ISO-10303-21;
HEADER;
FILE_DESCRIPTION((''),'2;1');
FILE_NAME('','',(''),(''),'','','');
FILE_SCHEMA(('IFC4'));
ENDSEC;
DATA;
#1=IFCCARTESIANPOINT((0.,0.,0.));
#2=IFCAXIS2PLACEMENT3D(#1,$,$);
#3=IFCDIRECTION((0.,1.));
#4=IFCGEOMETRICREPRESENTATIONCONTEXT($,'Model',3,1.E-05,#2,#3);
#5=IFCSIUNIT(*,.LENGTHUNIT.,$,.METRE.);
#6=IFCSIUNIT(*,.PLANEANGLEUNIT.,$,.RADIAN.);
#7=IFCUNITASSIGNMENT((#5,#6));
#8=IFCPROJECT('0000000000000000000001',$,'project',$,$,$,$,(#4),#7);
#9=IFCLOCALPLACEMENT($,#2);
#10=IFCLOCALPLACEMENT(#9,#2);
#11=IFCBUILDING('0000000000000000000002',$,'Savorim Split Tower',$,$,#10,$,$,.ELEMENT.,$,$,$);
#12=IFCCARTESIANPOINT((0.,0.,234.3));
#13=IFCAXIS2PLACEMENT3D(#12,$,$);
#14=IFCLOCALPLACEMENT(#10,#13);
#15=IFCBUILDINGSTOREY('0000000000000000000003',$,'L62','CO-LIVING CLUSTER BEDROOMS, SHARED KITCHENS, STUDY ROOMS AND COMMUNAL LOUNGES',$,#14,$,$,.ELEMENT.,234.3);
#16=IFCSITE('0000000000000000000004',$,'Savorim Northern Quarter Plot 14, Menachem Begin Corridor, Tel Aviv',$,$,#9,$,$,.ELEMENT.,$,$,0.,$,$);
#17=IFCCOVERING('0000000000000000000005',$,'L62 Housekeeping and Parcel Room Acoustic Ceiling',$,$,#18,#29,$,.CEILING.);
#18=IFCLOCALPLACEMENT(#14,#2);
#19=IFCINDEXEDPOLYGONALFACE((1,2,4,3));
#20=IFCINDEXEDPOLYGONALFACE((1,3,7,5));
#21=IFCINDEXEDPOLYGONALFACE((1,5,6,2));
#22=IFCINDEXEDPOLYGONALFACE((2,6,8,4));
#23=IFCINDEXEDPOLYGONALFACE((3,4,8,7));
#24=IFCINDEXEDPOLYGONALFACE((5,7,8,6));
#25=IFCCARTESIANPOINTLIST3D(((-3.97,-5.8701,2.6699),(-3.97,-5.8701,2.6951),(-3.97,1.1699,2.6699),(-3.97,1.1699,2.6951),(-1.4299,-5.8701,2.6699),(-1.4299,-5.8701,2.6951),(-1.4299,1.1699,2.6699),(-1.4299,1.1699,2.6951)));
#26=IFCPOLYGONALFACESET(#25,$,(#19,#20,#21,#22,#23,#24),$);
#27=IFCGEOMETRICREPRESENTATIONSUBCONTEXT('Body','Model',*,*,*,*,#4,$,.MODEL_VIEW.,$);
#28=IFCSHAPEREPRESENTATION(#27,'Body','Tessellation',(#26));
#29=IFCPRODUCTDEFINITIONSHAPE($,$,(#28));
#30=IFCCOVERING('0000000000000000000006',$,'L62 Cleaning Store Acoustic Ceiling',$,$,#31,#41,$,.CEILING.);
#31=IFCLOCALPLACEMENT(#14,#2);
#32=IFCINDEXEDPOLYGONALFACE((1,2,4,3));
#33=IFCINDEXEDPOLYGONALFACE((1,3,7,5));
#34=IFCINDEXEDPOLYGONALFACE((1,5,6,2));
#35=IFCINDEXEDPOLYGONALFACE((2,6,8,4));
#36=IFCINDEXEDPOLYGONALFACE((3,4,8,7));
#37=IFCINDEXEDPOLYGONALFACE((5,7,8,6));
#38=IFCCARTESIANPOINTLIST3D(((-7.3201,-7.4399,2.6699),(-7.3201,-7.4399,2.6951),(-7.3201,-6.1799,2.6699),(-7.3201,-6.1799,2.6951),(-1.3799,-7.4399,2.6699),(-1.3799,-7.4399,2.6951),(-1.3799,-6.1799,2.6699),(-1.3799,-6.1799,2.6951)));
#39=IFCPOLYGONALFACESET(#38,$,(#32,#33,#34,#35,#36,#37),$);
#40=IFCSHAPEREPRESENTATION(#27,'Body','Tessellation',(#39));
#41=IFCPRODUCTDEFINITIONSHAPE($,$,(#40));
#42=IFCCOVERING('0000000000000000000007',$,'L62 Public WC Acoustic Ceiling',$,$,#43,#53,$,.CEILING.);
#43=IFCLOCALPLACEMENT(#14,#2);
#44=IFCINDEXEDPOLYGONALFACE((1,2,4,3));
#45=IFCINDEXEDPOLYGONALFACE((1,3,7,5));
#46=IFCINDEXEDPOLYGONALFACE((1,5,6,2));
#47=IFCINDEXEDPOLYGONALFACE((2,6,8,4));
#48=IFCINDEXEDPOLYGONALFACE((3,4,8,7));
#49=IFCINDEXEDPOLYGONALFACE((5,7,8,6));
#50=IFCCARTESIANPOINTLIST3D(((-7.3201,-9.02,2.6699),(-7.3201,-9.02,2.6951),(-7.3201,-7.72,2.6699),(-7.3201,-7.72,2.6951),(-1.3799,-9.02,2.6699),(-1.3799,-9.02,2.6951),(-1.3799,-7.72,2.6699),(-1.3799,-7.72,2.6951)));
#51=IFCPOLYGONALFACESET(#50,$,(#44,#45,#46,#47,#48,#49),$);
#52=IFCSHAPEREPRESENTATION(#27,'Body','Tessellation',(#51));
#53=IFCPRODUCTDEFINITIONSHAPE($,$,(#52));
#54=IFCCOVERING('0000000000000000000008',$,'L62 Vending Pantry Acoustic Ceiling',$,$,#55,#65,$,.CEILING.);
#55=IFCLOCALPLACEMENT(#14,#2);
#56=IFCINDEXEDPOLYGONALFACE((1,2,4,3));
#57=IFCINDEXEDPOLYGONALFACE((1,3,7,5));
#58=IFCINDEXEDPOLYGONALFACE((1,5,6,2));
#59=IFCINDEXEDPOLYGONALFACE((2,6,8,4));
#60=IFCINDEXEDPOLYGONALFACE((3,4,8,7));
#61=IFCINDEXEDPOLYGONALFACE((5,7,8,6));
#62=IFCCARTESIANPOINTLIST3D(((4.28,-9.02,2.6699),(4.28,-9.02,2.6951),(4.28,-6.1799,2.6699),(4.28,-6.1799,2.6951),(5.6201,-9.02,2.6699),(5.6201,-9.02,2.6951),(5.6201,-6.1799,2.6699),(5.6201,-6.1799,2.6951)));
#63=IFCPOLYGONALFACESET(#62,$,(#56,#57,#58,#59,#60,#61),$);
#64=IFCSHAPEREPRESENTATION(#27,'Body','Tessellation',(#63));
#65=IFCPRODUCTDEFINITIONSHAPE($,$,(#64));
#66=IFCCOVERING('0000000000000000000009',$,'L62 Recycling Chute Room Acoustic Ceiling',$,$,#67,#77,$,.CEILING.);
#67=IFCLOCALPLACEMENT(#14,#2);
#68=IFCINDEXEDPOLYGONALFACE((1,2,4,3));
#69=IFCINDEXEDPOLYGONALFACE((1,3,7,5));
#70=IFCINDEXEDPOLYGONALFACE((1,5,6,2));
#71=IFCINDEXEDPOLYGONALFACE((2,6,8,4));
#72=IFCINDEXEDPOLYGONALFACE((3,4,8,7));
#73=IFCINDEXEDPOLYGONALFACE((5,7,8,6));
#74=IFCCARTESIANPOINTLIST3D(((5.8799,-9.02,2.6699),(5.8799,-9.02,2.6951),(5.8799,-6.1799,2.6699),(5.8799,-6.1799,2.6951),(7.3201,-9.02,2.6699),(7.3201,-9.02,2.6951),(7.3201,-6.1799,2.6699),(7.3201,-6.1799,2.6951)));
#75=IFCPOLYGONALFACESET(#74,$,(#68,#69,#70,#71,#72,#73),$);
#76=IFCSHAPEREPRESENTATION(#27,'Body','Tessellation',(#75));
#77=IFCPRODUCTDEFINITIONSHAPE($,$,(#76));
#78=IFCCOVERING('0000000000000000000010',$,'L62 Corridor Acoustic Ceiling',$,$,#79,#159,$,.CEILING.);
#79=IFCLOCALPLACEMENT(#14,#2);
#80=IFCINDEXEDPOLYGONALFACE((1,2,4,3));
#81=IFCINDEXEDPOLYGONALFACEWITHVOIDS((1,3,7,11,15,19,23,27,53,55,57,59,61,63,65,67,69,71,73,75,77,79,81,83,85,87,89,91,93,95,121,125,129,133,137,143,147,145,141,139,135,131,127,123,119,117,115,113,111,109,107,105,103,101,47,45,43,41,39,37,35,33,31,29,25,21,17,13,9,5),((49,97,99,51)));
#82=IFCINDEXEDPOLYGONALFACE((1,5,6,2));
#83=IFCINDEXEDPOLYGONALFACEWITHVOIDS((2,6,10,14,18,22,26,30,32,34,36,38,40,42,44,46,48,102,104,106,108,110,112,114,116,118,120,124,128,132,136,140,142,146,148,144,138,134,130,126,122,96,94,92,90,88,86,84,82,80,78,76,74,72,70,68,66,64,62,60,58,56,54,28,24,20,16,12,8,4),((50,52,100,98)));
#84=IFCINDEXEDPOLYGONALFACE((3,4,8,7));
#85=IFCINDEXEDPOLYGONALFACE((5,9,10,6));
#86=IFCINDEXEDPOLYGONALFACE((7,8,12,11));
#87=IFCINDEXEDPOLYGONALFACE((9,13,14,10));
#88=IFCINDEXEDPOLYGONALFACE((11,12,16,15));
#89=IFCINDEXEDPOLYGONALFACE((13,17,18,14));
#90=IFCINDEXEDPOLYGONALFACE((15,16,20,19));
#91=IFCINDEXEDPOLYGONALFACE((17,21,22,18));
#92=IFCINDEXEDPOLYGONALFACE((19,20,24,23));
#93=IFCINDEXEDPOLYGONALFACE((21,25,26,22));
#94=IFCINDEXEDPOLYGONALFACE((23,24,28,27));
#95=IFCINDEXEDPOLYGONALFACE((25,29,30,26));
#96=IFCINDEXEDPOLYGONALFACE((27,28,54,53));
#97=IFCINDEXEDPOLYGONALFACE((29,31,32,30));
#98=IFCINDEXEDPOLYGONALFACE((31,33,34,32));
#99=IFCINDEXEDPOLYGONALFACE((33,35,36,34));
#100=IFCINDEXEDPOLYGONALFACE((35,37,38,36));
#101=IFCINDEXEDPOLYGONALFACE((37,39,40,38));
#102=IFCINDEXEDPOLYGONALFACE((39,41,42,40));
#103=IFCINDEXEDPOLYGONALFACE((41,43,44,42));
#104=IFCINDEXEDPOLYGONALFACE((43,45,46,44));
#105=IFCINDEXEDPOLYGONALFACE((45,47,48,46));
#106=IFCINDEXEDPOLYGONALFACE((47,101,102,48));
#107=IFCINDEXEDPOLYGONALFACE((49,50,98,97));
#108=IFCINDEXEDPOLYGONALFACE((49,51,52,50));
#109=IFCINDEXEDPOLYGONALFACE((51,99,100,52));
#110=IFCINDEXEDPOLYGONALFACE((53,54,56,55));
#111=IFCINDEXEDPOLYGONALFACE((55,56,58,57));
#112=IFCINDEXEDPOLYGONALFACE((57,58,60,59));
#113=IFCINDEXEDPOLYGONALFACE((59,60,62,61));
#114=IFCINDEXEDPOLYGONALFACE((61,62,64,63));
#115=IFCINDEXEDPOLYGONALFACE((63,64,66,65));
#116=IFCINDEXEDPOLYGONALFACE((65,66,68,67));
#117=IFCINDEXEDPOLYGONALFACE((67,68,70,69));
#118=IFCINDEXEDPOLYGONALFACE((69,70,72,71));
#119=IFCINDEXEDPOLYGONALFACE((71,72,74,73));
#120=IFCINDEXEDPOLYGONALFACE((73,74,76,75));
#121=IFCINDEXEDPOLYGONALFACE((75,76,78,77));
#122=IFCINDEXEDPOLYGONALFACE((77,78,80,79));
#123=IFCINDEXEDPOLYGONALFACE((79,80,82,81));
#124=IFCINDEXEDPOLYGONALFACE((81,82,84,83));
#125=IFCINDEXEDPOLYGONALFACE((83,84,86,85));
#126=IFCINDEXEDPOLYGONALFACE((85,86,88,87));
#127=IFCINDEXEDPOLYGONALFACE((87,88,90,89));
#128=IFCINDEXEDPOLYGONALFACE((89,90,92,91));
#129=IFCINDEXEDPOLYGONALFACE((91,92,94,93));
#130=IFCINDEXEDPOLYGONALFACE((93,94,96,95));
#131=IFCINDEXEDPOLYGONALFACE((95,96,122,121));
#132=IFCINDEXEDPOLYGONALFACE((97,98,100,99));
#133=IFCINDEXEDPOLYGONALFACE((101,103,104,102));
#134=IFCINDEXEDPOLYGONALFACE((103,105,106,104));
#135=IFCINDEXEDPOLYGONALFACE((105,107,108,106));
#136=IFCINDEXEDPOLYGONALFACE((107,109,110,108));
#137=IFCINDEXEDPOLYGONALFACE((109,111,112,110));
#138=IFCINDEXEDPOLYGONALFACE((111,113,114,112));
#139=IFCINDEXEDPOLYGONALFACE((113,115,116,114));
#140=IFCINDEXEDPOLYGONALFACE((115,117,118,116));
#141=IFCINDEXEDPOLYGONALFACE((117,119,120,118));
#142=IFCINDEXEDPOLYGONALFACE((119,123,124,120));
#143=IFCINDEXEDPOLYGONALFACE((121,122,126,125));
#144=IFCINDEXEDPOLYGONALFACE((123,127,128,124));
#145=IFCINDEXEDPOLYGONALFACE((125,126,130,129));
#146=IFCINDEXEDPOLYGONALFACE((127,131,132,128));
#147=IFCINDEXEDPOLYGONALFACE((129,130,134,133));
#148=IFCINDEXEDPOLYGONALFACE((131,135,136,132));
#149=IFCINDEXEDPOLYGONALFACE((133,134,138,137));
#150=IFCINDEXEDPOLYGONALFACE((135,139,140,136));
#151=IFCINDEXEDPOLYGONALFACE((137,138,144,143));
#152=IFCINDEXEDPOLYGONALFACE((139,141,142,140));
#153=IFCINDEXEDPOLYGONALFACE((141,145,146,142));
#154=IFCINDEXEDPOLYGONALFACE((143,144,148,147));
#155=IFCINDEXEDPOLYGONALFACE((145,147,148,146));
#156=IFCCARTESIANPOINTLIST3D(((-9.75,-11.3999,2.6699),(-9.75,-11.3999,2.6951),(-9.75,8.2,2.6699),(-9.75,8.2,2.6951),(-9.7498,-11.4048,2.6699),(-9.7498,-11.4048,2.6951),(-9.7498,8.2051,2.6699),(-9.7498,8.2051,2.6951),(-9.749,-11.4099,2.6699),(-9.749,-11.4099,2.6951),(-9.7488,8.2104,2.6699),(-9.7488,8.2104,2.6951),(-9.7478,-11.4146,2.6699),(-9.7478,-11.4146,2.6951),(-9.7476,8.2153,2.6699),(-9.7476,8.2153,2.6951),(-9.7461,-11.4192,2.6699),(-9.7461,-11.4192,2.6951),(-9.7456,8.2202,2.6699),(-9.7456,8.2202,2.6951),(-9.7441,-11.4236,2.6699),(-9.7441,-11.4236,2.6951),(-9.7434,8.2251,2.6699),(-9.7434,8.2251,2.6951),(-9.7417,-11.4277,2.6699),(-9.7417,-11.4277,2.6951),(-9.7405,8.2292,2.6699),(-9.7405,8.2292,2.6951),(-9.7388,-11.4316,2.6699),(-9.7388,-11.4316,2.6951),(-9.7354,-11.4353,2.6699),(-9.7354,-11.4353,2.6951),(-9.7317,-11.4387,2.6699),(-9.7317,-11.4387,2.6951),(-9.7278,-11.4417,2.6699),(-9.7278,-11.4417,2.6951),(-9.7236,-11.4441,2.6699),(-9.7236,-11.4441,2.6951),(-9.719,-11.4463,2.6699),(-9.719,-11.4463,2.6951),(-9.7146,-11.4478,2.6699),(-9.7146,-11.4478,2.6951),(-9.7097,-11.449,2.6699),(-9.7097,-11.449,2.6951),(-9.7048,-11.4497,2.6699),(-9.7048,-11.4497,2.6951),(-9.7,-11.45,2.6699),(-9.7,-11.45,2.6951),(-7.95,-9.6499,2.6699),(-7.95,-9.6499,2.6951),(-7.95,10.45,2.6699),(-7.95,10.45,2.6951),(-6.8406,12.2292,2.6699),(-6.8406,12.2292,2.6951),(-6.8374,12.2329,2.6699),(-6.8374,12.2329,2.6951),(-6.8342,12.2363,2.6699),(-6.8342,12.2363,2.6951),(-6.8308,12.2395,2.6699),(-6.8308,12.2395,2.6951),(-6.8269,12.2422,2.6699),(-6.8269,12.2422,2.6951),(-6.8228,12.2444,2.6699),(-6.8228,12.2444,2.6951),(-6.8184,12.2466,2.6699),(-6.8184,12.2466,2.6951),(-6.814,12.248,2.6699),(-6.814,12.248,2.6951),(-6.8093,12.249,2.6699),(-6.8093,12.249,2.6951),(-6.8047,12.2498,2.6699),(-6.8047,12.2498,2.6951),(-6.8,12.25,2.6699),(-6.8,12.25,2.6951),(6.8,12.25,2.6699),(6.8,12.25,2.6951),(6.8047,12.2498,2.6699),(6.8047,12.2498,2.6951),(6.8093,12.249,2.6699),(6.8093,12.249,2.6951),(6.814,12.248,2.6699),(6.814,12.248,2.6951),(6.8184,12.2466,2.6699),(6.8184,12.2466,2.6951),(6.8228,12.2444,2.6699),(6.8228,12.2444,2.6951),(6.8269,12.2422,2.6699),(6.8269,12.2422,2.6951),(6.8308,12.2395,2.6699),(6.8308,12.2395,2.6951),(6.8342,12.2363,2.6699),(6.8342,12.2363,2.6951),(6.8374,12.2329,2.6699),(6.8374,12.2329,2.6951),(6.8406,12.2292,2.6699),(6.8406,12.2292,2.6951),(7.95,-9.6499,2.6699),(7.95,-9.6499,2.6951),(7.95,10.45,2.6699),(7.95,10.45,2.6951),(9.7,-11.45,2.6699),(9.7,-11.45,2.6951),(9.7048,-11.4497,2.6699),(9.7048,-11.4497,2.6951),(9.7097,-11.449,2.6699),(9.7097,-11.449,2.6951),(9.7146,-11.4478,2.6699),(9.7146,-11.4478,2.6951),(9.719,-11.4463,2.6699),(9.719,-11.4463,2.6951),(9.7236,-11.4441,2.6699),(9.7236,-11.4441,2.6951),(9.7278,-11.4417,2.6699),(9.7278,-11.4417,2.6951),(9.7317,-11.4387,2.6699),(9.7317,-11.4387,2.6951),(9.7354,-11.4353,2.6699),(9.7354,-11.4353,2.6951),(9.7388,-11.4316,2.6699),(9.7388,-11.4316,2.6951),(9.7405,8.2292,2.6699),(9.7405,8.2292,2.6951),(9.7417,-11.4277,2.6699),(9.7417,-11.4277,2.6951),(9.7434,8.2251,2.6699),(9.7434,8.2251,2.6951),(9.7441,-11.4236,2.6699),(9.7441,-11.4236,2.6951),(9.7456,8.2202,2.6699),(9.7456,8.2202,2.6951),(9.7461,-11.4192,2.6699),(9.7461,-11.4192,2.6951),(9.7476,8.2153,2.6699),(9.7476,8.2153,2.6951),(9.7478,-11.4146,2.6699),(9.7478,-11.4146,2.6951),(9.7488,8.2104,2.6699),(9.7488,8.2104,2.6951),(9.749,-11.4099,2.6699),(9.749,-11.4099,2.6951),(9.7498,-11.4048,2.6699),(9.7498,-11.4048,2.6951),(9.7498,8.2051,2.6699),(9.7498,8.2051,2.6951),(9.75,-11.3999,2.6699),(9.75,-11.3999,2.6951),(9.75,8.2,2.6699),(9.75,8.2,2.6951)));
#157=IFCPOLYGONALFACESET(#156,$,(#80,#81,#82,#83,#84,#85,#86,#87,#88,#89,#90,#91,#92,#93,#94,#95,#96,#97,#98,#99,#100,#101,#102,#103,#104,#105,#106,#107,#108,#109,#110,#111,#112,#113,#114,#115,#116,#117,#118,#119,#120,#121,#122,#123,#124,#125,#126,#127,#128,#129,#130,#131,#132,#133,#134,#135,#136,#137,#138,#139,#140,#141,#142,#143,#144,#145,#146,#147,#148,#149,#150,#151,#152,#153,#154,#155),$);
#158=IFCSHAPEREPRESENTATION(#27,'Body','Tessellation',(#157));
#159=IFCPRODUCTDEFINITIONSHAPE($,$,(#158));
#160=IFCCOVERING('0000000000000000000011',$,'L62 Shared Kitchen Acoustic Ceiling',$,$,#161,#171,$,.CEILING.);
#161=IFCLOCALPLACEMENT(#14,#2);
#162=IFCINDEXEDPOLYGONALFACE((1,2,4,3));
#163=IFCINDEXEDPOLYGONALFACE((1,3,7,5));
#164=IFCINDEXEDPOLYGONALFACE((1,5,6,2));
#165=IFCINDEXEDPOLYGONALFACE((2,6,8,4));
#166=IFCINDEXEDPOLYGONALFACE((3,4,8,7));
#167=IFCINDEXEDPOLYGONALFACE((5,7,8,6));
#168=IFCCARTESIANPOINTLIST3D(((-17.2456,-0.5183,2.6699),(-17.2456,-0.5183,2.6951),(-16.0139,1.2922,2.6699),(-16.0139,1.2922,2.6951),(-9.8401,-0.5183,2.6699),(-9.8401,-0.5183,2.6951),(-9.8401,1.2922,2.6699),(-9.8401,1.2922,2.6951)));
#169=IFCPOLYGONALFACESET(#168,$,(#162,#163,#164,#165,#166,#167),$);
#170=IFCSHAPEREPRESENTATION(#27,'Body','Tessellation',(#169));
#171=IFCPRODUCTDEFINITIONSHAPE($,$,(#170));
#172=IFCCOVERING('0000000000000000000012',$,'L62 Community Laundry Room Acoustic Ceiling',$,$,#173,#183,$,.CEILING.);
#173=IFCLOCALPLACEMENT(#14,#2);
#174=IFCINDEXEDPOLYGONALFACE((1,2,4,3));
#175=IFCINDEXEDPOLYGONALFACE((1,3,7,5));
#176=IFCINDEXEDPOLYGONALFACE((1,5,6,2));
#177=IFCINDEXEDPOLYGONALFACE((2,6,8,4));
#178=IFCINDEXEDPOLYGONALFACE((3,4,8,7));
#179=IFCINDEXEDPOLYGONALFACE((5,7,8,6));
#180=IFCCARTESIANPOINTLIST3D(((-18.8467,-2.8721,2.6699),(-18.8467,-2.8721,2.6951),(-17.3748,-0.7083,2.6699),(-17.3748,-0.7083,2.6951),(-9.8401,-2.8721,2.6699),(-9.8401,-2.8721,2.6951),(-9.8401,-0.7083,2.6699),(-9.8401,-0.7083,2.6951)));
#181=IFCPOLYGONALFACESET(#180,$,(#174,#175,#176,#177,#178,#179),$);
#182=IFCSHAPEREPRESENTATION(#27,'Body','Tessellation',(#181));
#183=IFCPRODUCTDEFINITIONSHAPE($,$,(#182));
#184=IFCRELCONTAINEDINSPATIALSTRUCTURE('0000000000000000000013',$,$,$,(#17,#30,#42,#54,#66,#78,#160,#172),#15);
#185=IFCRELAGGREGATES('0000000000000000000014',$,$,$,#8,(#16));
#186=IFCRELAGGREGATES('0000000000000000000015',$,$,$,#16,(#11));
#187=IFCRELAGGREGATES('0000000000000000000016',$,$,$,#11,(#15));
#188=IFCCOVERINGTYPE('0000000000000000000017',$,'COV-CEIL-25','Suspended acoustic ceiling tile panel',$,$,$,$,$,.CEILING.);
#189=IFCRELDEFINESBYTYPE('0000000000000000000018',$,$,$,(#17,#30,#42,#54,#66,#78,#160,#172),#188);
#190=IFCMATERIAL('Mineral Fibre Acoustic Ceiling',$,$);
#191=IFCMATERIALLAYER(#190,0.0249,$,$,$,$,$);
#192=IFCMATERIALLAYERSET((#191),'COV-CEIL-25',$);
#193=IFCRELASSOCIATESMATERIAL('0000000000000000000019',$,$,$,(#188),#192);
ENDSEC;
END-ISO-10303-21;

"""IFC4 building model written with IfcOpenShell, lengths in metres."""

from ifc_helpers import new_model, si_unit, direction, frame, origin, place, context, subcontext, project, spatial, polyline, outline, extrude, material, layer, layer_set, type_object, element, save


model = new_model("IFC4")

# Units and contexts
model_context = context("Model", 3, precision=1e-05, world=origin(), true_north=direction((0.0, 1.0)))
body_context = subcontext(model_context, "Body", "Model", "MODEL_VIEW")
ifc_project = project(units=[si_unit("LENGTHUNIT", "METRE"), si_unit("PLANEANGLEUNIT", "RADIAN")], contexts=[model_context])

# Site, building, storey
site_placement = place(None, origin())
site = spatial("IfcSite", under=ifc_project, at=site_placement, Name="Savorim Northern Quarter Plot 14, Menachem Begin Corridor, Tel Aviv", CompositionType="ELEMENT", RefElevation=0.0)
building_placement = place(site_placement, origin())
building = spatial("IfcBuilding", under=site, at=building_placement, Name="Savorim Split Tower", CompositionType="ELEMENT")
storey_placement = place(building_placement, frame((0.0, 0.0, 234.3)))
storey = spatial("IfcBuildingStorey", under=building, at=storey_placement, Name="L62", Description="CO-LIVING CLUSTER BEDROOMS, SHARED KITCHENS, STUDY ROOMS AND COMMUNAL LOUNGES", CompositionType="ELEMENT", Elevation=234.3)

# Coverings
ifc_material_1 = material(Name="Mineral Fibre Acoustic Ceiling")
ifc_layer_1 = layer(ifc_material_1, 0.0249)
ifc_layer_set_1 = layer_set([ifc_layer_1], Name="COV-CEIL-25")
covering_type_1 = type_object("IfcCoveringType", Name="COV-CEIL-25", Description="Suspended acoustic ceiling tile panel", PredefinedType="CEILING", material=ifc_layer_set_1)
covering_1_placement = place(storey_placement, frame((0.0, 0.0, 2.6699)))
element("IfcCovering", 1, at=covering_1_placement, inside=storey, type_object=covering_type_1, Name="L62 Housekeeping and Parcel Room Acoustic Ceiling", PredefinedType="CEILING", context=body_context, shape_type="SweptSolid", body=[
    extrude(outline(polyline([(-3.97, 1.1699), (-3.97, -5.8701), (-1.4299, -5.8701), (-1.4299, 1.1699), (-3.97, 1.1699)])), origin(), (0.0, 0.0, 1.0), 0.0251),
])
covering_2_placement = place(storey_placement, frame((0.0, 0.0, 2.6699)))
element("IfcCovering", 2, at=covering_2_placement, inside=storey, type_object=covering_type_1, Name="L62 Cleaning Store Acoustic Ceiling", PredefinedType="CEILING", context=body_context, shape_type="SweptSolid", body=[
    extrude(outline(polyline([(-7.3201, -6.1799), (-7.3201, -7.4399), (-1.3799, -7.4399), (-1.3799, -6.1799), (-7.3201, -6.1799)])), origin(), (0.0, 0.0, 1.0), 0.0251),
])
covering_3_placement = place(storey_placement, frame((0.0, 0.0, 2.6699)))
element("IfcCovering", 3, at=covering_3_placement, inside=storey, type_object=covering_type_1, Name="L62 Public WC Acoustic Ceiling", PredefinedType="CEILING", context=body_context, shape_type="SweptSolid", body=[
    extrude(outline(polyline([(-7.3201, -7.72), (-7.3201, -9.02), (-1.3799, -9.02), (-1.3799, -7.72), (-7.3201, -7.72)])), origin(), (0.0, 0.0, 1.0), 0.0251),
])
covering_4_placement = place(storey_placement, frame((0.0, 0.0, 2.6699)))
element("IfcCovering", 4, at=covering_4_placement, inside=storey, type_object=covering_type_1, Name="L62 Vending Pantry Acoustic Ceiling", PredefinedType="CEILING", context=body_context, shape_type="SweptSolid", body=[
    extrude(outline(polyline([(4.28, -6.1799), (4.28, -9.02), (5.6201, -9.02), (5.6201, -6.1799), (4.28, -6.1799)])), origin(), (0.0, 0.0, 1.0), 0.0251),
])
covering_5_placement = place(storey_placement, frame((0.0, 0.0, 2.6699)))
element("IfcCovering", 5, at=covering_5_placement, inside=storey, type_object=covering_type_1, Name="L62 Recycling Chute Room Acoustic Ceiling", PredefinedType="CEILING", context=body_context, shape_type="SweptSolid", body=[
    extrude(outline(polyline([(5.8799, -6.1799), (5.8799, -9.02), (7.3201, -9.02), (7.3201, -6.1799), (5.8799, -6.1799)])), origin(), (0.0, 0.0, 1.0), 0.0251),
])
covering_6_placement = place(storey_placement, frame((0.0, 0.0, 2.6699)))
element("IfcCovering", 6, at=covering_6_placement, inside=storey, type_object=covering_type_1, Name="L62 Corridor Acoustic Ceiling", PredefinedType="CEILING", context=body_context, shape_type="SweptSolid", body=[
    extrude(outline(polyline([(6.8093, 12.249), (6.8047, 12.2498), (6.8, 12.25), (-6.8, 12.25), (-6.8047, 12.2498), (-6.8093, 12.249), (-6.814, 12.248), (-6.8184, 12.2466), (-6.8228, 12.2444), (-6.8269, 12.2422), (-6.8308, 12.2395), (-6.8342, 12.2363), (-6.8374, 12.2329), (-6.8406, 12.2292), (-9.7405, 8.2292), (-9.7434, 8.2251), (-9.7456, 8.2202), (-9.7476, 8.2153), (-9.7488, 8.2104), (-9.7498, 8.2051), (-9.75, 8.2), (-9.75, -11.3999), (-9.7498, -11.4048), (-9.749, -11.4099), (-9.7478, -11.4146), (-9.7461, -11.4192), (-9.7441, -11.4236), (-9.7417, -11.4277), (-9.7388, -11.4316), (-9.7354, -11.4353), (-9.7317, -11.4387), (-9.7278, -11.4417), (-9.7236, -11.4441), (-9.719, -11.4463), (-9.7146, -11.4478), (-9.7097, -11.449), (-9.7048, -11.4497), (-9.7, -11.45), (9.7, -11.45), (9.7048, -11.4497), (9.7097, -11.449), (9.7146, -11.4478), (9.719, -11.4463), (9.7236, -11.4441), (9.7278, -11.4417), (9.7317, -11.4387), (9.7354, -11.4353), (9.7388, -11.4316), (9.7417, -11.4277), (9.7441, -11.4236), (9.7461, -11.4192), (9.7478, -11.4146), (9.749, -11.4099), (9.7498, -11.4048), (9.75, -11.3999), (9.75, 8.2), (9.7498, 8.2051), (9.7488, 8.2104), (9.7476, 8.2153), (9.7456, 8.2202), (9.7434, 8.2251), (9.7405, 8.2292), (6.8406, 12.2292), (6.8374, 12.2329), (6.8342, 12.2363), (6.8308, 12.2395), (6.8269, 12.2422), (6.8228, 12.2444), (6.8184, 12.2466), (6.814, 12.248), (6.8093, 12.249)]), holes=[polyline([(-7.95, 10.45), (-7.95, -9.6499), (7.95, -9.6499), (7.95, 10.45), (-7.95, 10.45)])]), origin(), (0.0, 0.0, 1.0), 0.0251),
])
covering_7_placement = place(storey_placement, frame((0.0, 0.0, 2.6699)))
element("IfcCovering", 7, at=covering_7_placement, inside=storey, type_object=covering_type_1, Name="L62 Shared Kitchen Acoustic Ceiling", PredefinedType="CEILING", context=body_context, shape_type="SweptSolid", body=[
    extrude(outline(polyline([(-16.0139, 1.2922), (-17.2456, -0.5183), (-9.8401, -0.5183), (-9.8401, 1.2922), (-16.0139, 1.2922)])), origin(), (0.0, 0.0, 1.0), 0.0251),
])
covering_8_placement = place(storey_placement, frame((0.0, 0.0, 2.6699)))
element("IfcCovering", 8, at=covering_8_placement, inside=storey, type_object=covering_type_1, Name="L62 Community Laundry Room Acoustic Ceiling", PredefinedType="CEILING", context=body_context, shape_type="SweptSolid", body=[
    extrude(outline(polyline([(-17.3748, -0.7083), (-18.8467, -2.8721), (-9.8401, -2.8721), (-9.8401, -0.7083), (-17.3748, -0.7083)])), origin(), (0.0, 0.0, 1.0), 0.0251),
])

save(model, "model.ifc")
